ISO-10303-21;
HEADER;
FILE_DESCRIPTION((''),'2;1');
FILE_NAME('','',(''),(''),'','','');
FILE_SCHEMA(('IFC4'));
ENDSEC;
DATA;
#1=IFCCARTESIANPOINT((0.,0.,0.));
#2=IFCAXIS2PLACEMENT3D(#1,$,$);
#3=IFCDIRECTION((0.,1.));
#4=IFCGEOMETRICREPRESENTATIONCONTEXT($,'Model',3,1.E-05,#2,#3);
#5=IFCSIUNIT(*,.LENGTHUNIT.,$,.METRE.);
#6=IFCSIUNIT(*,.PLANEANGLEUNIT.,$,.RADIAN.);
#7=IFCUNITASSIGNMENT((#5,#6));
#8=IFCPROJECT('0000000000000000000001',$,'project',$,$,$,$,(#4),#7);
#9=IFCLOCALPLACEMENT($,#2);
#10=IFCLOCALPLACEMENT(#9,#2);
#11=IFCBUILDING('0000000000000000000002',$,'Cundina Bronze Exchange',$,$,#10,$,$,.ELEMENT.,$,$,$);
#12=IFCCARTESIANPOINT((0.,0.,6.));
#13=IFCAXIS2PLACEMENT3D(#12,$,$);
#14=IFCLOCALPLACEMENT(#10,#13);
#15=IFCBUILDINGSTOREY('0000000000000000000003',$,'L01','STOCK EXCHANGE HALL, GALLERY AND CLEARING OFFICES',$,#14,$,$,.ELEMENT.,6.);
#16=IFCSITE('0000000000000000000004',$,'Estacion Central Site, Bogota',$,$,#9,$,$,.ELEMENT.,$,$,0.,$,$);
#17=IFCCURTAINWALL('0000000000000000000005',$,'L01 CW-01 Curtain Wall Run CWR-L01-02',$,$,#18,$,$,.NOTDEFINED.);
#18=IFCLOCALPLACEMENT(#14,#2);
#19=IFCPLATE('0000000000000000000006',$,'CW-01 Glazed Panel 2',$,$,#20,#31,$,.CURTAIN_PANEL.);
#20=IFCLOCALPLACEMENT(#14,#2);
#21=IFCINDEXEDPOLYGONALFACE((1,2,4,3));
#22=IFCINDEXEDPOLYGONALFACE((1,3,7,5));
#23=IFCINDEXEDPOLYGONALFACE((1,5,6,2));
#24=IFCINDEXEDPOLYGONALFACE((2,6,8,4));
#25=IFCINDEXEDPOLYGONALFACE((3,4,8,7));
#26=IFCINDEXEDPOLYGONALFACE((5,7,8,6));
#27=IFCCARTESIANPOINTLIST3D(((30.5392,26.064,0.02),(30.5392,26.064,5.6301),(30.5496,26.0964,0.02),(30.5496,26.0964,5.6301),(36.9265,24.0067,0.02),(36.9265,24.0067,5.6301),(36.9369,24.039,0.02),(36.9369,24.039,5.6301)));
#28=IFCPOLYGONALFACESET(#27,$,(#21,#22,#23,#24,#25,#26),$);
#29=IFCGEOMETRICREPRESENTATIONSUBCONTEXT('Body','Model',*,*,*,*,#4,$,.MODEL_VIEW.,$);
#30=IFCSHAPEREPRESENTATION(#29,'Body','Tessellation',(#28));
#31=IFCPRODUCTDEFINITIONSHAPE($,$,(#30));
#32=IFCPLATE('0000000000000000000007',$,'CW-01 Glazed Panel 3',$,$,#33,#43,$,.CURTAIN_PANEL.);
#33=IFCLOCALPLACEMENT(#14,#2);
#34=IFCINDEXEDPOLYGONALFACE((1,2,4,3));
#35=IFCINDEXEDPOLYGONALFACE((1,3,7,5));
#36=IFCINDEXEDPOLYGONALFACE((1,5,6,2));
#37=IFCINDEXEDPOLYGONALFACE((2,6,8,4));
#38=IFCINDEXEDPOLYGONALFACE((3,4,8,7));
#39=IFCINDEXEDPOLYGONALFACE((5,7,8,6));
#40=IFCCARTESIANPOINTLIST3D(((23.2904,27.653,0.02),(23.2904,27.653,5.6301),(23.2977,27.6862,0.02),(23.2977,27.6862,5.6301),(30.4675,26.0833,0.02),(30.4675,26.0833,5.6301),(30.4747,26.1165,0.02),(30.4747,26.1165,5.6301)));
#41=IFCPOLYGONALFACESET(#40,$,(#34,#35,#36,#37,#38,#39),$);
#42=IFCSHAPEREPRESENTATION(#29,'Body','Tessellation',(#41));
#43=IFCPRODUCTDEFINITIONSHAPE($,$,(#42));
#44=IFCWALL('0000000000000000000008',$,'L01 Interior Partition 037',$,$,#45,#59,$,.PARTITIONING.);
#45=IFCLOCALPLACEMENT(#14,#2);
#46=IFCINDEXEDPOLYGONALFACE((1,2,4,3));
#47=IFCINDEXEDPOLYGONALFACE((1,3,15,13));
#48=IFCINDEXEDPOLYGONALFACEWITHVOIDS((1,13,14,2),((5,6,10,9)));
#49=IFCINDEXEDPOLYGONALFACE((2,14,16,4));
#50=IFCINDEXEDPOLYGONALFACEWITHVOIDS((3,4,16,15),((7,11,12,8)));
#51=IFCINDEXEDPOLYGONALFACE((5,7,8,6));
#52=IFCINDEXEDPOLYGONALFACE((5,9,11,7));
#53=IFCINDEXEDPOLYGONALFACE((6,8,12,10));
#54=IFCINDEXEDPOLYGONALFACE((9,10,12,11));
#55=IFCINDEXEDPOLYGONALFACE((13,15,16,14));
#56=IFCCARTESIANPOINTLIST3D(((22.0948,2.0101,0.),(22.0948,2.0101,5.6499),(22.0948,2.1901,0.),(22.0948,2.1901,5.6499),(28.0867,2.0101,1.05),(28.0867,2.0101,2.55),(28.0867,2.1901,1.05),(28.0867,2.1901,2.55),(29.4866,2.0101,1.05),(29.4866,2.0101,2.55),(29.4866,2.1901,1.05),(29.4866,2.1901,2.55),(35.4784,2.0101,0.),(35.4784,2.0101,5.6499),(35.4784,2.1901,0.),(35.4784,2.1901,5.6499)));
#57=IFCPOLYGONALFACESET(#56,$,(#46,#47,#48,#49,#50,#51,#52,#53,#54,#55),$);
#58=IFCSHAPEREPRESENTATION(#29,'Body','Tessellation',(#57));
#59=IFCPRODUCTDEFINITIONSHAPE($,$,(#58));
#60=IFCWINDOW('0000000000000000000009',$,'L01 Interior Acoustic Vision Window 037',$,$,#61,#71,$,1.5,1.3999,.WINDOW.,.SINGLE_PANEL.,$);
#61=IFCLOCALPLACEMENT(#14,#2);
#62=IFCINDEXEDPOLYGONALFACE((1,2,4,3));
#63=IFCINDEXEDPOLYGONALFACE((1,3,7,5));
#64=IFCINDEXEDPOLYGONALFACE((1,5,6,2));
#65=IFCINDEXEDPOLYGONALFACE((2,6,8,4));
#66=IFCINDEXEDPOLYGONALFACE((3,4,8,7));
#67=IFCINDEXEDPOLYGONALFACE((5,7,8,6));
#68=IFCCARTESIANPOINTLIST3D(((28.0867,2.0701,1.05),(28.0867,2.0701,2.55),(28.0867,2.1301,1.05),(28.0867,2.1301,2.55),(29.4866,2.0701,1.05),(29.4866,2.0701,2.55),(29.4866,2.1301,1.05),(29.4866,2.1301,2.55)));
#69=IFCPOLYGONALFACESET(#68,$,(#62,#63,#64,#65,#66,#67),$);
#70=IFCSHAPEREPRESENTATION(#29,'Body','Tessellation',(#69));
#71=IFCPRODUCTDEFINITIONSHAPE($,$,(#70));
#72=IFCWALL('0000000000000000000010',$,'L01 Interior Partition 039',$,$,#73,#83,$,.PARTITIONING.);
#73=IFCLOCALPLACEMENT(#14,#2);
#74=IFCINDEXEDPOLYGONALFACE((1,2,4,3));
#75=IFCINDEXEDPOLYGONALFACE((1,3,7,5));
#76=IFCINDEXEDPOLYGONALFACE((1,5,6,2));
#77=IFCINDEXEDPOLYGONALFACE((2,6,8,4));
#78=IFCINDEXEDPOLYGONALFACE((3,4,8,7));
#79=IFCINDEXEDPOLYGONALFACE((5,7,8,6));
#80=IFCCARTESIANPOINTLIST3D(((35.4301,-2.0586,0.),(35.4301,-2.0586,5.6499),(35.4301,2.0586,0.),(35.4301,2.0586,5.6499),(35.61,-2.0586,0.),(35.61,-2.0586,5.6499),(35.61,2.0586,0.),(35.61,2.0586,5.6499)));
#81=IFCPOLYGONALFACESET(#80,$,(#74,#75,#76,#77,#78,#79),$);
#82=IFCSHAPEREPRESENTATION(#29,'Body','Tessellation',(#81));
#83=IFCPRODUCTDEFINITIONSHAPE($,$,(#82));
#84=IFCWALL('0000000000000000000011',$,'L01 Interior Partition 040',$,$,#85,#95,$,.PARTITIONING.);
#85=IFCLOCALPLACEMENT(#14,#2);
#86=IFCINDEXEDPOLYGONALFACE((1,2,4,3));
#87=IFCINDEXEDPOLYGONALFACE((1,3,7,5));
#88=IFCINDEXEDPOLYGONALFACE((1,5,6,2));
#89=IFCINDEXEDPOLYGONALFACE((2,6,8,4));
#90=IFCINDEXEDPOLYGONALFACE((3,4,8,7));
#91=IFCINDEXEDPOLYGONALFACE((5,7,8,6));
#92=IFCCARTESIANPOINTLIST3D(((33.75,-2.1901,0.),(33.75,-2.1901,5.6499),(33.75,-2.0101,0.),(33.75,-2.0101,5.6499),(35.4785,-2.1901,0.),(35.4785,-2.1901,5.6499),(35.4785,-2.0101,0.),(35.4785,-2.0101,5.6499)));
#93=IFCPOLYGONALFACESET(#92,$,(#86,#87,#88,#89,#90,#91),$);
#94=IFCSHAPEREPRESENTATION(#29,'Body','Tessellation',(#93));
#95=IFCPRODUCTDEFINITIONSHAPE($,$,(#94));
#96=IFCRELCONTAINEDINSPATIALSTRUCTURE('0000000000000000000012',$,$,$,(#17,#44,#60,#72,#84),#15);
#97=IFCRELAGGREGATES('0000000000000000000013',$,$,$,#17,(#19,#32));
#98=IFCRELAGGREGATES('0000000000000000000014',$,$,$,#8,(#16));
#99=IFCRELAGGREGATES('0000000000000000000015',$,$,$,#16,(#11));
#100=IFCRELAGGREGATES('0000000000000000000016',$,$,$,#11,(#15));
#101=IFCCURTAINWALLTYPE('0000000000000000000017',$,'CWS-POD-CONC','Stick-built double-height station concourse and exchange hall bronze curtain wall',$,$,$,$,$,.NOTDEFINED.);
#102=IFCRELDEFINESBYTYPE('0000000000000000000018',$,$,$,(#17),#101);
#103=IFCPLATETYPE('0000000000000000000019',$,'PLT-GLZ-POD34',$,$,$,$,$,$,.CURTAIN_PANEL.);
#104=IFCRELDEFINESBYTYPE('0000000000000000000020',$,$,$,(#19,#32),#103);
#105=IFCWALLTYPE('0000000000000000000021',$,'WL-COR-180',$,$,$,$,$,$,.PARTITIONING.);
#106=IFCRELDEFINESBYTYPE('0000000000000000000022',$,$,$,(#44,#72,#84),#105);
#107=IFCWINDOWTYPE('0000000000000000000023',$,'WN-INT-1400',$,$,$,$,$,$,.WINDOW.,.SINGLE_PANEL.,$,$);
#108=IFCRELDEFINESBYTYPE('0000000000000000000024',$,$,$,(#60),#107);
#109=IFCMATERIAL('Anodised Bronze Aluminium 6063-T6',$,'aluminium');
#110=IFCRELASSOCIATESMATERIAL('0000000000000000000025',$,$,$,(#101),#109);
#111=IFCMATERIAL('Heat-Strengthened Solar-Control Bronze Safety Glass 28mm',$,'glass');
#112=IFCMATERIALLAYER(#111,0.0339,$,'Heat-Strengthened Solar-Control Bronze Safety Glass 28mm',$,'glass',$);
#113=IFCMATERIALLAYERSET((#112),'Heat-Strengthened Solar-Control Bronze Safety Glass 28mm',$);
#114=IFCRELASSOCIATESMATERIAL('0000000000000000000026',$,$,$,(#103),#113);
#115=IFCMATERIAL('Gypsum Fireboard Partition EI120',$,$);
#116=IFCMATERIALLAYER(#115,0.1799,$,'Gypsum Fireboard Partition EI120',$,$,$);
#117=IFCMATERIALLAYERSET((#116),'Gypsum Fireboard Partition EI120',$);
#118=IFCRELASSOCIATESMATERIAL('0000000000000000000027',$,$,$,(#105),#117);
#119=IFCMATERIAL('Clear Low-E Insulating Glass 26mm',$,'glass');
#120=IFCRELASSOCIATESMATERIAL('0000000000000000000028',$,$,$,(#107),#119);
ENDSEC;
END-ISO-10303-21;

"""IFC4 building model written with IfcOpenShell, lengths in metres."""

from ifc_helpers import new_model, si_unit, direction, frame, frame_2d, origin, origin_2d, place, context, subcontext, project, spatial, rectangle, extrude, material, layer, layer_set, type_object, element, fill, aggregate, save


model = new_model("IFC4")

# Units and contexts
model_context = context("Model", 3, precision=1e-05, world=origin(), true_north=direction((0.0, 1.0)))
body_context = subcontext(model_context, "Body", "Model", "MODEL_VIEW")
ifc_project = project(units=[si_unit("LENGTHUNIT", "METRE"), si_unit("PLANEANGLEUNIT", "RADIAN")], contexts=[model_context])

# Site, building, storey
site_placement = place(None, origin())
site = spatial("IfcSite", under=ifc_project, at=site_placement, Name="Estacion Central Site, Bogota", CompositionType="ELEMENT", RefElevation=0.0)
building_placement = place(site_placement, origin())
building = spatial("IfcBuilding", under=site, at=building_placement, Name="Cundina Bronze Exchange", CompositionType="ELEMENT")
storey_placement = place(building_placement, frame((0.0, 0.0, 6.0)))
storey = spatial("IfcBuildingStorey", under=building, at=storey_placement, Name="L01", Description="STOCK EXCHANGE HALL, GALLERY AND CLEARING OFFICES", CompositionType="ELEMENT", Elevation=6.0)

# Curtain wall, plates
ifc_material_1 = material(Name="Anodised Bronze Aluminium 6063-T6", Category="aluminium")
curtain_wall_type = type_object("IfcCurtainWallType", Name="CWS-POD-CONC", Description="Stick-built double-height station concourse and exchange hall bronze curtain wall", PredefinedType="NOTDEFINED", material=ifc_material_1)
curtain_wall_placement = place(storey_placement, origin())
curtain_wall = element("IfcCurtainWall", 1, at=curtain_wall_placement, inside=storey, type_object=curtain_wall_type, Name="L01 CW-01 Curtain Wall Run CWR-L01-02", PredefinedType="NOTDEFINED")
ifc_material_2 = material(Name="Heat-Strengthened Solar-Control Bronze Safety Glass 28mm", Category="glass")
ifc_layer_1 = layer(ifc_material_2, 0.0339, Name="Heat-Strengthened Solar-Control Bronze Safety Glass 28mm", Category="glass")
ifc_layer_set_1 = layer_set([ifc_layer_1], Name="Heat-Strengthened Solar-Control Bronze Safety Glass 28mm")
plate_type = type_object("IfcPlateType", Name="PLT-GLZ-POD34", PredefinedType="CURTAIN_PANEL", material=ifc_layer_set_1)
plate_1_placement = place(storey_placement, frame((33.738, 25.0515, 0.02), z_axis=(0.0, 0.0, 1.0), x_axis=(-0.951841, 0.306593, 0.0)))
plate_1 = element("IfcPlate", 2, at=plate_1_placement, type_object=plate_type, Name="CW-01 Glazed Panel 2", PredefinedType="CURTAIN_PANEL", context=body_context, shape_type="SweptSolid", body=[
    extrude(rectangle(XDim=6.7104, YDim=0.0339, at=origin_2d()), origin(), (0.0, 0.0, 1.0), 5.6101),
])
plate_2_placement = place(storey_placement, frame((26.8826, 26.8848, 0.02), z_axis=(0.0, 0.0, 1.0), x_axis=(-0.976908, 0.213661, 0.0)))
plate_2 = element("IfcPlate", 3, at=plate_2_placement, type_object=plate_type, Name="CW-01 Glazed Panel 3", PredefinedType="CURTAIN_PANEL", context=body_context, shape_type="SweptSolid", body=[
    extrude(rectangle(XDim=7.3467, YDim=0.0339, at=origin_2d()), origin(), (0.0, 0.0, 1.0), 5.6101),
])
aggregate(curtain_wall, [plate_1, plate_2])

# Shared definitions
ifc_material_3 = material(Name="Gypsum Fireboard Partition EI120")
ifc_layer_2 = layer(ifc_material_3, 0.1799, Name="Gypsum Fireboard Partition EI120")
ifc_layer_set_2 = layer_set([ifc_layer_2], Name="Gypsum Fireboard Partition EI120")
wall_type = type_object("IfcWallType", Name="WL-COR-180", PredefinedType="PARTITIONING", material=ifc_layer_set_2)

# Wall, opening, window
wall_1_placement = place(storey_placement, frame((35.4785, 2.1001, 0.0), z_axis=(0.0, 0.0, 1.0), x_axis=(-1.0, 0.0, 0.0)))
wall_1 = element("IfcWall", 4, at=wall_1_placement, inside=storey, type_object=wall_type, Name="L01 Interior Partition 037", PredefinedType="PARTITIONING", context=body_context, shape_type="SweptSolid", body=[
    extrude(rectangle(XDim=13.3835, YDim=0.1799, at=frame_2d((6.6919, 0.0))), origin(), (0.0, 0.0, 1.0), 5.6499),
])
opening_1_placement = place(wall_1_placement, frame((5.9919, 0.0, 1.05)))
opening_1 = element("IfcOpeningElement", 5, at=opening_1_placement, cuts=wall_1, PredefinedType="OPENING", context=body_context, shape_type="SweptSolid", body=[
    extrude(rectangle(XDim=1.3999, YDim=1.5, at=frame_2d((0.7, 0.75))), frame((0.0, 0.0999, 0.0), z_axis=(0.0, -1.0, 0.0), x_axis=(1.0, 0.0, 0.0)), (0.0, 0.0, 1.0), 0.2),
])
ifc_material_4 = material(Name="Clear Low-E Insulating Glass 26mm", Category="glass")
window_type = type_object("IfcWindowType", Name="WN-INT-1400", PartitioningType="SINGLE_PANEL", PredefinedType="WINDOW", material=ifc_material_4)
window_placement = place(opening_1_placement, origin())
window = element("IfcWindow", 6, at=window_placement, inside=storey, type_object=window_type, Name="L01 Interior Acoustic Vision Window 037", OverallHeight=1.5, OverallWidth=1.3999, PartitioningType="SINGLE_PANEL", PredefinedType="WINDOW", context=body_context, shape_type="SweptSolid", body=[
    extrude(rectangle(XDim=1.3999, YDim=1.5, at=frame_2d((0.7, 0.75))), frame((0.0, 0.03, 0.0), z_axis=(0.0, -1.0, 0.0), x_axis=(1.0, 0.0, 0.0)), (0.0, 0.0, 1.0), 0.0601),
])
fill(opening_1, window)

# Walls
wall_2_placement = place(storey_placement, frame((35.52, -2.0586, 0.0), z_axis=(0.0, 0.0, 1.0), x_axis=(0.0, 1.0, 0.0)))
element("IfcWall", 7, at=wall_2_placement, inside=storey, type_object=wall_type, Name="L01 Interior Partition 039", PredefinedType="PARTITIONING", context=body_context, shape_type="SweptSolid", body=[
    extrude(rectangle(XDim=4.1172, YDim=0.1799, at=frame_2d((2.0586, 0.0))), origin(), (0.0, 0.0, 1.0), 5.6499),
])
wall_3_placement = place(storey_placement, frame((33.75, -2.1001, 0.0), z_axis=(0.0, 0.0, 1.0), x_axis=(1.0, 0.0, 0.0)))
element("IfcWall", 8, at=wall_3_placement, inside=storey, type_object=wall_type, Name="L01 Interior Partition 040", PredefinedType="PARTITIONING", context=body_context, shape_type="SweptSolid", body=[
    extrude(rectangle(XDim=1.7285, YDim=0.1799, at=frame_2d((0.8643, 0.0))), origin(), (0.0, 0.0, 1.0), 5.6499),
])

save(model, "model.ifc")
